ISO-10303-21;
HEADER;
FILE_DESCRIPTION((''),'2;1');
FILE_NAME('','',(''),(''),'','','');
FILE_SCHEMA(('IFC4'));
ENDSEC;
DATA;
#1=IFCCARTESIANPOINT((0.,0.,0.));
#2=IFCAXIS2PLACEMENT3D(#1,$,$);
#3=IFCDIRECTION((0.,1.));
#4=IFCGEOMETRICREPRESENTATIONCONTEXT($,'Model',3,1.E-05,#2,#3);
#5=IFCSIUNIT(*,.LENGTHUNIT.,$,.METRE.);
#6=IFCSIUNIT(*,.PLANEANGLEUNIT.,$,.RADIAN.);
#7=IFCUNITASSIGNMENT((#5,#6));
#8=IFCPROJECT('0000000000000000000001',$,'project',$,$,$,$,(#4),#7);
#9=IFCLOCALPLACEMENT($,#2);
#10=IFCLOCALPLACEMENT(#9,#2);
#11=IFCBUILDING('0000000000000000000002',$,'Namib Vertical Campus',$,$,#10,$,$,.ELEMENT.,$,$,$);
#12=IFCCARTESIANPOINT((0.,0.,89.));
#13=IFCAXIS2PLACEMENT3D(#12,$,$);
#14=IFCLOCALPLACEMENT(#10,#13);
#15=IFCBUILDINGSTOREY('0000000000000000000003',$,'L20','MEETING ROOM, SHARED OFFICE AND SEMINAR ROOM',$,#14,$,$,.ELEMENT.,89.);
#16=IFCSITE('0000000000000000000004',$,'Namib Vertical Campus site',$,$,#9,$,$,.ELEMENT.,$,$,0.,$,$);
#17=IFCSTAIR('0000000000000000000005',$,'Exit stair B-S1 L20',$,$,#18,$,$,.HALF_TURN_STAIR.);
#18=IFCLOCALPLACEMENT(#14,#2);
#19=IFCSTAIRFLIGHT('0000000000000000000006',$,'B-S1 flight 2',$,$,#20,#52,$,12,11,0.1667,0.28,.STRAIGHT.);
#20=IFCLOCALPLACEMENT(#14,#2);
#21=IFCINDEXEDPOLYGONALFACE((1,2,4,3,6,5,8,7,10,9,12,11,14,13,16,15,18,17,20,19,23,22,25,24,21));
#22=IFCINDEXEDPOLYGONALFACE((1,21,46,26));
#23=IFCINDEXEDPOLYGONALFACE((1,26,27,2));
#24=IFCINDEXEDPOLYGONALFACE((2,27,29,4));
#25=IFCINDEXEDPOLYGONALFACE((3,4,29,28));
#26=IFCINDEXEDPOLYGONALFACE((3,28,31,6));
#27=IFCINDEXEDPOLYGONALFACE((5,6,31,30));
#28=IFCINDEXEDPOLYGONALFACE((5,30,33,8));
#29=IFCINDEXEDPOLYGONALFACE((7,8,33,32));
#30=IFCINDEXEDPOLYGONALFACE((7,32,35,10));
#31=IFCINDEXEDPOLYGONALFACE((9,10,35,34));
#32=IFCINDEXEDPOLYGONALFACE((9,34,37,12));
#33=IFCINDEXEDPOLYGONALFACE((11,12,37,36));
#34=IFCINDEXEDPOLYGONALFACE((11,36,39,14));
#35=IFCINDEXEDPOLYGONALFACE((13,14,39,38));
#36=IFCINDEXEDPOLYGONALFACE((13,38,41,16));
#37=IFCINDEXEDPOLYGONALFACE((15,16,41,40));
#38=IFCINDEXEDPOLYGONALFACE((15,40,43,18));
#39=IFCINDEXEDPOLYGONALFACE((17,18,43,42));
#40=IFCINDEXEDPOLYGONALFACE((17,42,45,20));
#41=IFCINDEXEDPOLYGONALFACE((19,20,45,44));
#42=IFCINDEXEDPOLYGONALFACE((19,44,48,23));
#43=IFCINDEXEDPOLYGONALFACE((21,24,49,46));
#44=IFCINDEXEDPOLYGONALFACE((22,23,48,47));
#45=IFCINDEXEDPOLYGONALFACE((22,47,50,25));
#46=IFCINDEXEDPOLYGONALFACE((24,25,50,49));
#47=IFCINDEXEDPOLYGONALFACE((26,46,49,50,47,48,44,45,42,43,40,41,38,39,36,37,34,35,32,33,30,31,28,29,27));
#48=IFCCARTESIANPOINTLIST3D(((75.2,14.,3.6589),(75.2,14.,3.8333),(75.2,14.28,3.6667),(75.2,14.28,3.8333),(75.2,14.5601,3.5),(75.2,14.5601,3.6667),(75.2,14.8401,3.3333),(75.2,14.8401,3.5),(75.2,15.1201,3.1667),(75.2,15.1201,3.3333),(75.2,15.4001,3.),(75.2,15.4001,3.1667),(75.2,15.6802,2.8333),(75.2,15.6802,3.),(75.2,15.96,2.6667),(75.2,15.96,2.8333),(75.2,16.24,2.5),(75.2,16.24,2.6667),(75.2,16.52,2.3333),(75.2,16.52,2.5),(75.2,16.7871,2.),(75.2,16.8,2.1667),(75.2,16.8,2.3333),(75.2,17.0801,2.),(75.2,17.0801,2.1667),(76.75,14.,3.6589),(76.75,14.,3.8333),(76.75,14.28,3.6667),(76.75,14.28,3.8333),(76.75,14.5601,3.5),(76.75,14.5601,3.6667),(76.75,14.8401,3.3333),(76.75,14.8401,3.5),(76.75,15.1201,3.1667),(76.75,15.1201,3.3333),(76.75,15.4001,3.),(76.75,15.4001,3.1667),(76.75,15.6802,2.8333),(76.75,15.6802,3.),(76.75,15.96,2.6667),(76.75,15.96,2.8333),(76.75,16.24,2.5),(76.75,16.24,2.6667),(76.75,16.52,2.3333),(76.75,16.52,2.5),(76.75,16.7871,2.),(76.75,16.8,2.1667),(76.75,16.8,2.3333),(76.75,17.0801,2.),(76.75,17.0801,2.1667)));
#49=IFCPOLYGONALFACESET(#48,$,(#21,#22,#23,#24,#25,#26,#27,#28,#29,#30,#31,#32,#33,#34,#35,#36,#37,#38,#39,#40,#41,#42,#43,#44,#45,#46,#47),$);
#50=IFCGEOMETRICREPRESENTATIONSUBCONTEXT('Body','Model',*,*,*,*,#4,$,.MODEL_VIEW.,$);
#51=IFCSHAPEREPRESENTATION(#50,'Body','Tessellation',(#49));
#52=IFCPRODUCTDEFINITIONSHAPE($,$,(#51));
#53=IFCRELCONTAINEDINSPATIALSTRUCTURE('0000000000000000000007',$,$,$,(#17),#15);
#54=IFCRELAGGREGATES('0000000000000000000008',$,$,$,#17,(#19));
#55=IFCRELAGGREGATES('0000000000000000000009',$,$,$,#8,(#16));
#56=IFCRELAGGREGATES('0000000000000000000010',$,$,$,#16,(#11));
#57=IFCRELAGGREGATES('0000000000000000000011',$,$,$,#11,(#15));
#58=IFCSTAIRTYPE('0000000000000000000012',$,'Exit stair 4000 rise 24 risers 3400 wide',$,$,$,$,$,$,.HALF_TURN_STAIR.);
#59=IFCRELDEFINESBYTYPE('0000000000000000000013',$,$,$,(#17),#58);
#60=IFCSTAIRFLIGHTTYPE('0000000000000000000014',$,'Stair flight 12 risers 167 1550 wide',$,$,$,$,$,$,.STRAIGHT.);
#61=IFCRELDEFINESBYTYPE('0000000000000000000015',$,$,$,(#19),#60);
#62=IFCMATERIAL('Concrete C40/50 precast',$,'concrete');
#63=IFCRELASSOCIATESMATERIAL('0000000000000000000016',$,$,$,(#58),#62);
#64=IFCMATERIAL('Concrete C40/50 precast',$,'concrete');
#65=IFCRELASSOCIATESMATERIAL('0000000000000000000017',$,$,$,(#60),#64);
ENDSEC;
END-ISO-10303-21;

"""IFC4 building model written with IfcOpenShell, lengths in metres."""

from ifc_helpers import new_model, si_unit, direction, frame, origin, place, context, subcontext, project, spatial, polyline, outline, extrude, material, type_object, element, aggregate, save


model = new_model("IFC4")

# Units and contexts
model_context = context("Model", 3, precision=1e-05, world=origin(), true_north=direction((0.0, 1.0)))
body_context = subcontext(model_context, "Body", "Model", "MODEL_VIEW")
ifc_project = project(units=[si_unit("LENGTHUNIT", "METRE"), si_unit("PLANEANGLEUNIT", "RADIAN")], contexts=[model_context])

# Site, building, storey
site_placement = place(None, origin())
site = spatial("IfcSite", under=ifc_project, at=site_placement, Name="Namib Vertical Campus site", CompositionType="ELEMENT", RefElevation=0.0)
building_placement = place(site_placement, origin())
building = spatial("IfcBuilding", under=site, at=building_placement, Name="Namib Vertical Campus", CompositionType="ELEMENT")
storey_placement = place(building_placement, frame((0.0, 0.0, 89.0)))
storey = spatial("IfcBuildingStorey", under=building, at=storey_placement, Name="L20", Description="MEETING ROOM, SHARED OFFICE AND SEMINAR ROOM", CompositionType="ELEMENT", Elevation=89.0)

# Stair, stair flight
ifc_material_1 = material(Name="Concrete C40/50 precast", Category="concrete")
stair_type = type_object("IfcStairType", Name="Exit stair 4000 rise 24 risers 3400 wide", PredefinedType="HALF_TURN_STAIR", material=ifc_material_1)
stair_placement = place(storey_placement, origin())
stair = element("IfcStair", 1, at=stair_placement, inside=storey, type_object=stair_type, Name="Exit stair B-S1 L20", PredefinedType="HALF_TURN_STAIR")
ifc_material_2 = material(Name="Concrete C40/50 precast", Category="concrete")
stair_flight_type = type_object("IfcStairFlightType", Name="Stair flight 12 risers 167 1550 wide", PredefinedType="STRAIGHT", material=ifc_material_2)
stair_flight_placement = place(storey_placement, frame((75.9751, 17.0801, 2.0), z_axis=(0.0, 0.0, 1.0), x_axis=(0.0, -1.0, 0.0)))
stair_flight = element("IfcStairFlight", 2, at=stair_flight_placement, type_object=stair_flight_type, Name="B-S1 flight 2", NumberOfRisers=12, NumberOfTreads=11, PredefinedType="STRAIGHT", RiserHeight=0.1667, TreadLength=0.28, context=body_context, shape_type="SweptSolid", body=[
    extrude(outline(polyline([(0.0, 0.0), (0.0, 0.1667), (0.28, 0.1667), (0.28, 0.3333), (0.5601, 0.3333), (0.5601, 0.5), (0.8401, 0.5), (0.8401, 0.6667), (1.1201, 0.6667), (1.1201, 0.8333), (1.3999, 0.8333), (1.3999, 1.0), (1.6799, 1.0), (1.6799, 1.1667), (1.96, 1.1667), (1.96, 1.3333), (2.24, 1.3333), (2.24, 1.5), (2.52, 1.5), (2.52, 1.6667), (2.8, 1.6667), (2.8, 1.8333), (3.0801, 1.8333), (3.0801, 2.0), (3.0801, 1.6589), (0.293, 0.0), (0.0, 0.0)])), frame((0.0, 0.7749, 0.0), z_axis=(0.0, -1.0, 0.0), x_axis=(1.0, 0.0, 0.0)), (0.0, 0.0, 1.0), 1.55),
])
aggregate(stair, [stair_flight])

save(model, "model.ifc")
